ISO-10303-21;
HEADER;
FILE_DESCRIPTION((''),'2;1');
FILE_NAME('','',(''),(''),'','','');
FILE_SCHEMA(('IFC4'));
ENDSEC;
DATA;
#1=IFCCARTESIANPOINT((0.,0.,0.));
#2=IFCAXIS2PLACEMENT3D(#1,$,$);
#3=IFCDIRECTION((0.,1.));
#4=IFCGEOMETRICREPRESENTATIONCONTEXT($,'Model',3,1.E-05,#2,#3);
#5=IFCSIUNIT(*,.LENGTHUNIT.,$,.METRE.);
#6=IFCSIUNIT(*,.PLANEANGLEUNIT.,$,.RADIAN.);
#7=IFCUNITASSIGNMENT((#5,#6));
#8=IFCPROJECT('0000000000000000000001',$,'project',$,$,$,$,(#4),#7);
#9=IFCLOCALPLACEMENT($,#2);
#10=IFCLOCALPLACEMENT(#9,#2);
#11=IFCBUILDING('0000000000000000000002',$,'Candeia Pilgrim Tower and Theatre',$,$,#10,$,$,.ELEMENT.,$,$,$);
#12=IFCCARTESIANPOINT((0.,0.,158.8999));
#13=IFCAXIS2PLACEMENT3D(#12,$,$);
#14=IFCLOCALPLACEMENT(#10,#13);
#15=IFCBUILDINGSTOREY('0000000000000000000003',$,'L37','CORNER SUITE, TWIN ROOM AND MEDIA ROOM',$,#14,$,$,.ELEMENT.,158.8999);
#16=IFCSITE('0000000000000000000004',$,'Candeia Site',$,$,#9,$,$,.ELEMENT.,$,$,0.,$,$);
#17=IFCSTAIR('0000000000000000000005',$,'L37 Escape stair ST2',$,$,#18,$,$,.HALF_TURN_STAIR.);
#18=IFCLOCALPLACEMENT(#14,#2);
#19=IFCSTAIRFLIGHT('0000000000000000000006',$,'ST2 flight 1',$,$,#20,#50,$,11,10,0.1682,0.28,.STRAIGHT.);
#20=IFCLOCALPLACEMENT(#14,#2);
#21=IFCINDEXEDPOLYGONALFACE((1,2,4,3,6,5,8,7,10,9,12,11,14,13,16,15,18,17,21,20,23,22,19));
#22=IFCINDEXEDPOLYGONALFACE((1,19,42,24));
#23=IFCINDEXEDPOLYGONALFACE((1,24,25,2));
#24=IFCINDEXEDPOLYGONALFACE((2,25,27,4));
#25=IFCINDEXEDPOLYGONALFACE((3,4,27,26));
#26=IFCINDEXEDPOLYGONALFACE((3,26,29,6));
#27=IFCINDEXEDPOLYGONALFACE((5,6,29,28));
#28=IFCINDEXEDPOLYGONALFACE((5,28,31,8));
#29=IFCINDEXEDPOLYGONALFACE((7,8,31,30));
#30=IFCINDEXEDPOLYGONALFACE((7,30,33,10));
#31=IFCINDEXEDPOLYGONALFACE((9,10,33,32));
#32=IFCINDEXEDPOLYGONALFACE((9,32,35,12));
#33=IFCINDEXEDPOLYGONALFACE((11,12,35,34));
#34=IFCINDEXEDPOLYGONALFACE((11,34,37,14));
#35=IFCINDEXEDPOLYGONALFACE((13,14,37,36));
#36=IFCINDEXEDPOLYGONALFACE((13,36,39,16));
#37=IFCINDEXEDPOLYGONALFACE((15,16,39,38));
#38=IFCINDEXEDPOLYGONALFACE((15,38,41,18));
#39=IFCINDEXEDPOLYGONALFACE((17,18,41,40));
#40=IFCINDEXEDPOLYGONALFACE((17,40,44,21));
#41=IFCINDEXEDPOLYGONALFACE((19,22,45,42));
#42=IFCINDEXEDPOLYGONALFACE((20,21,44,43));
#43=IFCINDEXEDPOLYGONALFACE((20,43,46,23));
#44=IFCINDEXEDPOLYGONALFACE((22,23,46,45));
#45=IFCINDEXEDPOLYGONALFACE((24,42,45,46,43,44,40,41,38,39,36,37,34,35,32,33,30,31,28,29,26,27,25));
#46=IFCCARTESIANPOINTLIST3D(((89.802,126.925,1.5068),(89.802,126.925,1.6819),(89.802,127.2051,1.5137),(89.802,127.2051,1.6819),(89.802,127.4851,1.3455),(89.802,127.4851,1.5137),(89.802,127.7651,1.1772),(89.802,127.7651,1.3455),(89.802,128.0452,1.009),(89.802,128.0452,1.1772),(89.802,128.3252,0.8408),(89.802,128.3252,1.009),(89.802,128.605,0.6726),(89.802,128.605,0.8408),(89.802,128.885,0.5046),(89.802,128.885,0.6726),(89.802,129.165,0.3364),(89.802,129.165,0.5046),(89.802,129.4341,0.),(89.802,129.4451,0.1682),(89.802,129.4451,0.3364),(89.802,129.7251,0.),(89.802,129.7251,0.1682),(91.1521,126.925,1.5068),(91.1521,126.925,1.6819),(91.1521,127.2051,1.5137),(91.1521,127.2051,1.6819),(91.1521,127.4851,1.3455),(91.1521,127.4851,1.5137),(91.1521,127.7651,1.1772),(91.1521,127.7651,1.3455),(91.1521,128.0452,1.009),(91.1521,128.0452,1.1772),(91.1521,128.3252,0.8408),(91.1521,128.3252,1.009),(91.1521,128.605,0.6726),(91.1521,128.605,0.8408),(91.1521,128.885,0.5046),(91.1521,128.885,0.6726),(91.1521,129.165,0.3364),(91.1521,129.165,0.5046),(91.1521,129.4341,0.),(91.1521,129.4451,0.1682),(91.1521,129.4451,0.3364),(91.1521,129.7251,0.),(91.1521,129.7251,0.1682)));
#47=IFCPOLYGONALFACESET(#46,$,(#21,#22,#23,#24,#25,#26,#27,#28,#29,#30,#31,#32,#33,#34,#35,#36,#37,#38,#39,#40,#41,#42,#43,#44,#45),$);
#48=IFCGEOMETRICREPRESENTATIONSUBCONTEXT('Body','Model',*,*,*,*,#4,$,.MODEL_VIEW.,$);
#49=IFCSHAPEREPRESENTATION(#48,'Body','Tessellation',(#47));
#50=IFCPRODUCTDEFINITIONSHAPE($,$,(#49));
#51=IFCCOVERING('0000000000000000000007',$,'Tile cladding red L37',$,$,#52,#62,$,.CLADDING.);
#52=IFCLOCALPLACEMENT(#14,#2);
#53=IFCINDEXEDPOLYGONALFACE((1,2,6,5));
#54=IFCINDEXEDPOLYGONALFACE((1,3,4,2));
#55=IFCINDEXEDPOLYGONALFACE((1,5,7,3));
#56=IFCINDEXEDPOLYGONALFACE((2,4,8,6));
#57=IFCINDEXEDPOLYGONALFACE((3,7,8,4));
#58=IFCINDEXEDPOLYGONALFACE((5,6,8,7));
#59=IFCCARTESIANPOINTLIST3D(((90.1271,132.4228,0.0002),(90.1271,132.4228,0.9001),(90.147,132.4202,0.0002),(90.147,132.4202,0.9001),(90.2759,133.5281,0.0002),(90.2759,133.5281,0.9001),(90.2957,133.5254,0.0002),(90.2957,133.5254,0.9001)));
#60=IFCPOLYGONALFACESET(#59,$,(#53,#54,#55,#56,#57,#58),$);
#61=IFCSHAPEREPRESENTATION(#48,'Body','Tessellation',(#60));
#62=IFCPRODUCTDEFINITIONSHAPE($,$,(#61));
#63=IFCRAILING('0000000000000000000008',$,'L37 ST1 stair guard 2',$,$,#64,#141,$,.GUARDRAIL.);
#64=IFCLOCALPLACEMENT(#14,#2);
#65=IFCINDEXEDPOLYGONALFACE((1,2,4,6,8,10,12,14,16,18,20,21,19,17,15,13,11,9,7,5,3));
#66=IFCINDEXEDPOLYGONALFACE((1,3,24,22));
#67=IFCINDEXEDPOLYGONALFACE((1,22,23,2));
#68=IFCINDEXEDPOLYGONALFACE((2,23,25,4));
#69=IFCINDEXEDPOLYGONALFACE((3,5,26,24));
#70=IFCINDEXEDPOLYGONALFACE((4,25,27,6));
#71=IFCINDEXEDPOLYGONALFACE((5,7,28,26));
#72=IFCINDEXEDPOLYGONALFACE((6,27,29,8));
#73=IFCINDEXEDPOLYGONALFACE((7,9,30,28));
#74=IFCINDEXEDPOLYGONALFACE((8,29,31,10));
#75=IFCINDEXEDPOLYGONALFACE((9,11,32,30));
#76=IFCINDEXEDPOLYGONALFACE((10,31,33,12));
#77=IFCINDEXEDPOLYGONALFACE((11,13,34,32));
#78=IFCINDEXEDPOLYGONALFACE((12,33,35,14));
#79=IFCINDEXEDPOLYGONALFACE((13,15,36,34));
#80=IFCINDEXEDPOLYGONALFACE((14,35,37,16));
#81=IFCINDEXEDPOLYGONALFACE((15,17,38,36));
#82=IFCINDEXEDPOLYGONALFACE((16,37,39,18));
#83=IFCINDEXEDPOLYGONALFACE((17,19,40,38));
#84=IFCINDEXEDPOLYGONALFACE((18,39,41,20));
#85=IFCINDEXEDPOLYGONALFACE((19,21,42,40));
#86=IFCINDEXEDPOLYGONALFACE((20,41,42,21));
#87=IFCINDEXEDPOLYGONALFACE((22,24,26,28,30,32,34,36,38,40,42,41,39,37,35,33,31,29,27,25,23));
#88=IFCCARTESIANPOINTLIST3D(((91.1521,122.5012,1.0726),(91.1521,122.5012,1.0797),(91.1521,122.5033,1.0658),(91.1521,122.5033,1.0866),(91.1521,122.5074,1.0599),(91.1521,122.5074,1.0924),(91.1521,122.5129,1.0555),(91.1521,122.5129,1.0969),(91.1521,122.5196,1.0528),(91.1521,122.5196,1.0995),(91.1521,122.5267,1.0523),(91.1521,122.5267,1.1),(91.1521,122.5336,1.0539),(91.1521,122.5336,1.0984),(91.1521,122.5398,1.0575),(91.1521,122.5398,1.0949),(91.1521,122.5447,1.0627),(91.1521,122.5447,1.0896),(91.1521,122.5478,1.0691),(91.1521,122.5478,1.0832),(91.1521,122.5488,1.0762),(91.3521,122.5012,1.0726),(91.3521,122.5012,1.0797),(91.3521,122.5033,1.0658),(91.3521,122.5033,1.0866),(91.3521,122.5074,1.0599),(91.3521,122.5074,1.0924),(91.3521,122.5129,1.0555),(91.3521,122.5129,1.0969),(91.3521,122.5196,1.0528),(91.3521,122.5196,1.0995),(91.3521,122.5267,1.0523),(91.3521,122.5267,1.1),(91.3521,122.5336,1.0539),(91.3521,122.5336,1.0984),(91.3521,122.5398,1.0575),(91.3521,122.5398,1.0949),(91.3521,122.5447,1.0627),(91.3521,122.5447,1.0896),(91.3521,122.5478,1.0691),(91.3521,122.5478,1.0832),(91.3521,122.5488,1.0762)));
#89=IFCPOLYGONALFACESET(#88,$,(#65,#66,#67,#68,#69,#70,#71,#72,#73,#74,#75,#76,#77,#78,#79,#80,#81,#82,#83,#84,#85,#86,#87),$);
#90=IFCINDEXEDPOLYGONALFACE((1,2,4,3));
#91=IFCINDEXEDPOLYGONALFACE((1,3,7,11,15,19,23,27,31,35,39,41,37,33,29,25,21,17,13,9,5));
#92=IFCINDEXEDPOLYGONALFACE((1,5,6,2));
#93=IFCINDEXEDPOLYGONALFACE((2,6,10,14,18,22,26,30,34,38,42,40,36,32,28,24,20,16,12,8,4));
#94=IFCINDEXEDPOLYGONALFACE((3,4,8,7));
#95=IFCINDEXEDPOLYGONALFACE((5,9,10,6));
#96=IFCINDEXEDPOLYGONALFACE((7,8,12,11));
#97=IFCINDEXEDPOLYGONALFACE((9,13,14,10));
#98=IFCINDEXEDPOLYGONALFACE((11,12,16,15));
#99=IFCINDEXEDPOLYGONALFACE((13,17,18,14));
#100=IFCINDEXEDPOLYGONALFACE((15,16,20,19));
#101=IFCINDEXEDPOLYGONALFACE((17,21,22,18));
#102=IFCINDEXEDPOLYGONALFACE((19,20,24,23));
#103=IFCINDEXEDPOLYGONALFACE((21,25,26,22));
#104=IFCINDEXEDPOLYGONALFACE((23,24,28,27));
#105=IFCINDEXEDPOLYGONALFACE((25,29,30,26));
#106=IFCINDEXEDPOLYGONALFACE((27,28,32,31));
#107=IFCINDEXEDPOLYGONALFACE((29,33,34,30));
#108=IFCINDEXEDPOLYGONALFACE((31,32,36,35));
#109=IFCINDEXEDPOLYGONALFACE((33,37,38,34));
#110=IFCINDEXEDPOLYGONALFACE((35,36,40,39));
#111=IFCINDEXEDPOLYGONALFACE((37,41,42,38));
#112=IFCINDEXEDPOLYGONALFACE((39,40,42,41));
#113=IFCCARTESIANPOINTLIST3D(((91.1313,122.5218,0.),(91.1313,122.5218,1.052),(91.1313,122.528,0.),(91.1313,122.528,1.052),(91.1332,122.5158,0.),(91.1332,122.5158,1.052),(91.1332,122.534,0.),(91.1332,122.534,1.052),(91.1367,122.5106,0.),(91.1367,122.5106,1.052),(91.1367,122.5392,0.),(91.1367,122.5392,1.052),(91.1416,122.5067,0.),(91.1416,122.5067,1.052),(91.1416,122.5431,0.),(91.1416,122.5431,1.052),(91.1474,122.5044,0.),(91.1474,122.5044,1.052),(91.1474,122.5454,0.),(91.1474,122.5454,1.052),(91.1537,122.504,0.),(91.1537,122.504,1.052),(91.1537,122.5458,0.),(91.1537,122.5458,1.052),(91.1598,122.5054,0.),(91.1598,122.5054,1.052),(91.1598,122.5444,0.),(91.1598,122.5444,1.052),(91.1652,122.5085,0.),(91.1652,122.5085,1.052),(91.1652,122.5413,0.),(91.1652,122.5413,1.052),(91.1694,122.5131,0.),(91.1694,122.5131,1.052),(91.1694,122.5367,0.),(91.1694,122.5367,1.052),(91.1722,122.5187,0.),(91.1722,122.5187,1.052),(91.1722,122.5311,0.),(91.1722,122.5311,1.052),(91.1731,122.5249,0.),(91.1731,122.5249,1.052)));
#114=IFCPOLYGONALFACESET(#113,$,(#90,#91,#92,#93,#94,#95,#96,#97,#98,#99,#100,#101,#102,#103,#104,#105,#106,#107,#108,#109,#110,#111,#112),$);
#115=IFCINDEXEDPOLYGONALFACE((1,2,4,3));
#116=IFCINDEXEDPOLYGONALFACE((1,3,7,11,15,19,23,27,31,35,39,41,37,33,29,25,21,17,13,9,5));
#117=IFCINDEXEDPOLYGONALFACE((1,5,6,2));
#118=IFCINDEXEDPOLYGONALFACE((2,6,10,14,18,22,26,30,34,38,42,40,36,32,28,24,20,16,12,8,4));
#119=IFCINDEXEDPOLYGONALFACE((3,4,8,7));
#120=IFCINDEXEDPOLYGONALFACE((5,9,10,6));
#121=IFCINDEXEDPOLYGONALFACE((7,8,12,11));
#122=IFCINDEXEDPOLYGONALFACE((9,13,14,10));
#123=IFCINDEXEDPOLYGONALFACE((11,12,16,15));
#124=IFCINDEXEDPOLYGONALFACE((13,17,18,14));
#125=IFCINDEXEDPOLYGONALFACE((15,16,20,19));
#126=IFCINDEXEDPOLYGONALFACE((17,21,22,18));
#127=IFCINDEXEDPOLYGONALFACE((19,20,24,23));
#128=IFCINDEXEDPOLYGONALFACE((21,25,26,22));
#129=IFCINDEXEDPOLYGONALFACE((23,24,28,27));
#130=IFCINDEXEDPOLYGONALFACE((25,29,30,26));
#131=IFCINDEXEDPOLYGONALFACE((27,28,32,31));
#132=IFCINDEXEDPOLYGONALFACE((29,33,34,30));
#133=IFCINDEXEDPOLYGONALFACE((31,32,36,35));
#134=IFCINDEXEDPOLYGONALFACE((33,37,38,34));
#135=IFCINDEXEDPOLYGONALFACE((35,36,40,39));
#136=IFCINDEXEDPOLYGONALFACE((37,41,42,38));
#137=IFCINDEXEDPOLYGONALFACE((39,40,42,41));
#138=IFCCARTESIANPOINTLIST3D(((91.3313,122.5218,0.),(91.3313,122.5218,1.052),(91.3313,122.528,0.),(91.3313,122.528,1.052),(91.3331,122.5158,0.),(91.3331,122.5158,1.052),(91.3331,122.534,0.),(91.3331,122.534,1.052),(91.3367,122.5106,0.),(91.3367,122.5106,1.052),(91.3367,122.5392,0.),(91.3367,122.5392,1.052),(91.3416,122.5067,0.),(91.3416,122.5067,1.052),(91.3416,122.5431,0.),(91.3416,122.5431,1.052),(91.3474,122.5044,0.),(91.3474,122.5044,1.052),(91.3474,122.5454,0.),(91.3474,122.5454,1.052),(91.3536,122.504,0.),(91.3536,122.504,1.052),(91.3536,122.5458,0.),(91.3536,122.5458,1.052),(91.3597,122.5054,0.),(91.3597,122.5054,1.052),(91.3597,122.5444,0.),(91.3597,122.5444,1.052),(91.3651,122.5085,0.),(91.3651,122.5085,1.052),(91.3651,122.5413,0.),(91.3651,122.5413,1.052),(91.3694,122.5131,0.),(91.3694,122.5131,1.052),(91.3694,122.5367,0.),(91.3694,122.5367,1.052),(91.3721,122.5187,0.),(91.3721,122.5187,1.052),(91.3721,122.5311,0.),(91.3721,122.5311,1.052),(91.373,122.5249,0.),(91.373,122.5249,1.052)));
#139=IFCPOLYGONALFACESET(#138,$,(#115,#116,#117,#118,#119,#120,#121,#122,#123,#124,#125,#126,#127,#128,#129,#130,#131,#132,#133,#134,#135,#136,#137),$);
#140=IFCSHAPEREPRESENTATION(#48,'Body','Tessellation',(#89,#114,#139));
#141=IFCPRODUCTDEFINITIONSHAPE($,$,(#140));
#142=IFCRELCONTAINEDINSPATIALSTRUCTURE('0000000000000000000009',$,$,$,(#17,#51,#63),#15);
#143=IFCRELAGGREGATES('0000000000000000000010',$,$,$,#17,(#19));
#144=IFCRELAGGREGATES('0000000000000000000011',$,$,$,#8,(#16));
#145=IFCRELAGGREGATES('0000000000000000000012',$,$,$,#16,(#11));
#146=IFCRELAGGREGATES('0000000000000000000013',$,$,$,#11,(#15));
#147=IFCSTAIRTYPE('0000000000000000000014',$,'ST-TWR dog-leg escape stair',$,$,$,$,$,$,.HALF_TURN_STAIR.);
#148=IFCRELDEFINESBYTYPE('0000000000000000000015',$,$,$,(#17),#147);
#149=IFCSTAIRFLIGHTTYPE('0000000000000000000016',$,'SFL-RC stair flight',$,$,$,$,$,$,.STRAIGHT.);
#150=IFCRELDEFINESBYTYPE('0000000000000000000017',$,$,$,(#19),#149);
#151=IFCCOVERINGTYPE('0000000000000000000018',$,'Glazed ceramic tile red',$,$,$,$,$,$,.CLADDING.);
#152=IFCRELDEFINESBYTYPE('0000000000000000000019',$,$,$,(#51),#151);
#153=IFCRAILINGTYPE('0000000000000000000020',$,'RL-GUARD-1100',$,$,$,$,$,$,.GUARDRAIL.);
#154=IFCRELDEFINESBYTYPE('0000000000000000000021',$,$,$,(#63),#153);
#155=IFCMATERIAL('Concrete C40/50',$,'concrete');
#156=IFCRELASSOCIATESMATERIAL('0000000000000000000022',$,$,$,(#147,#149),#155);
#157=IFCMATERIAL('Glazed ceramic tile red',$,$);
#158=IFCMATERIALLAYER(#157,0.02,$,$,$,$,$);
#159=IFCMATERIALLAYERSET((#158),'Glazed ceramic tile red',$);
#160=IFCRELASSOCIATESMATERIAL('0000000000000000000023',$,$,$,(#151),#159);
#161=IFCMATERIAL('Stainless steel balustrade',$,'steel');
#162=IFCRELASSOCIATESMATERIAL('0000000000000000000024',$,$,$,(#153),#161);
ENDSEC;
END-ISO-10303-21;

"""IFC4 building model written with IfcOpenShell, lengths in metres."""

from ifc_helpers import new_model, si_unit, direction, frame, origin, origin_2d, place, context, subcontext, project, spatial, polyline, rectangle, circle, outline, extrude, material, layer, layer_set, type_object, element, aggregate, save


model = new_model("IFC4")

# Units and contexts
model_context = context("Model", 3, precision=1e-05, world=origin(), true_north=direction((0.0, 1.0)))
body_context = subcontext(model_context, "Body", "Model", "MODEL_VIEW")
ifc_project = project(units=[si_unit("LENGTHUNIT", "METRE"), si_unit("PLANEANGLEUNIT", "RADIAN")], contexts=[model_context])

# Site, building, storey
site_placement = place(None, origin())
site = spatial("IfcSite", under=ifc_project, at=site_placement, Name="Candeia Site", CompositionType="ELEMENT", RefElevation=0.0)
building_placement = place(site_placement, origin())
building = spatial("IfcBuilding", under=site, at=building_placement, Name="Candeia Pilgrim Tower and Theatre", CompositionType="ELEMENT")
storey_placement = place(building_placement, frame((0.0, 0.0, 158.8999)))
storey = spatial("IfcBuildingStorey", under=building, at=storey_placement, Name="L37", Description="CORNER SUITE, TWIN ROOM AND MEDIA ROOM", CompositionType="ELEMENT", Elevation=158.8999)

# Shared definitions
ifc_material_1 = material(Name="Concrete C40/50", Category="concrete")

# Shared definitions
stair_type = type_object("IfcStairType", Name="ST-TWR dog-leg escape stair", PredefinedType="HALF_TURN_STAIR", material=ifc_material_1)
stair_flight_type = type_object("IfcStairFlightType", Name="SFL-RC stair flight", PredefinedType="STRAIGHT", material=ifc_material_1)

# Stair, stair flight
stair_1_placement = place(storey_placement, origin())
stair_1 = element("IfcStair", 1, at=stair_1_placement, inside=storey, type_object=stair_type, Name="L37 Escape stair ST2", PredefinedType="HALF_TURN_STAIR")
stair_flight_1_placement = place(storey_placement, frame((90.4771, 129.7251, 0.0), z_axis=(0.0, 0.0, 1.0), x_axis=(0.0, -1.0, 0.0)))
stair_flight_1 = element("IfcStairFlight", 2, at=stair_flight_1_placement, type_object=stair_flight_type, Name="ST2 flight 1", NumberOfRisers=11, NumberOfTreads=10, PredefinedType="STRAIGHT", RiserHeight=0.1682, TreadLength=0.28, context=body_context, shape_type="SweptSolid", body=[
    extrude(outline(polyline([(0.0, 0.0), (0.0, 0.1682), (0.28, 0.1682), (0.28, 0.3364), (0.5601, 0.3364), (0.5601, 0.5046), (0.8401, 0.5046), (0.8401, 0.6726), (1.1201, 0.6726), (1.1201, 0.8408), (1.3999, 0.8408), (1.3999, 1.009), (1.6799, 1.009), (1.6799, 1.1772), (1.96, 1.1772), (1.96, 1.3455), (2.24, 1.3455), (2.24, 1.5137), (2.52, 1.5137), (2.52, 1.6819), (2.8, 1.6819), (2.8, 1.8501), (2.8, 1.5068), (0.291, 0.0), (0.0, 0.0)])), frame((0.0, 0.675, 0.0), z_axis=(0.0, -1.0, 0.0), x_axis=(1.0, 0.0, 0.0)), (0.0, 0.0, 1.0), 1.3501),
])
aggregate(stair_1, [stair_flight_1])

# Shared definitions
ifc_material_2 = material(Name="Stainless steel balustrade", Category="steel")

# Covering
ifc_material_3 = material(Name="Glazed ceramic tile red")
ifc_layer_1 = layer(ifc_material_3, 0.02)
ifc_layer_set_1 = layer_set([ifc_layer_1], Name="Glazed ceramic tile red")
covering_type = type_object("IfcCoveringType", Name="Glazed ceramic tile red", PredefinedType="CLADDING", material=ifc_layer_set_1)
covering_placement = place(storey_placement, frame((90.2114, 132.9741, 0.0002), z_axis=(0.0, 0.0, 1.0), x_axis=(-0.133412, -0.991061, 0.0)))
element("IfcCovering", 3, at=covering_placement, inside=storey, type_object=covering_type, Name="Tile cladding red L37", PredefinedType="CLADDING", context=body_context, shape_type="SweptSolid", body=[
    extrude(rectangle(XDim=1.1152, YDim=0.02, at=origin_2d()), origin(), (0.0, 0.0, 1.0), 0.8999),
])

# Railing
railing_type_1 = type_object("IfcRailingType", Name="RL-GUARD-1100", PredefinedType="GUARDRAIL", material=ifc_material_2)
railing_1_placement = place(storey_placement, frame((91.1521, 122.5249, 0.0)))
element("IfcRailing", 4, at=railing_1_placement, inside=storey, type_object=railing_type_1, Name="L37 ST1 stair guard 2", PredefinedType="GUARDRAIL", context=body_context, shape_type="SweptSolid", body=[
    extrude(circle(Radius=0.0239, at=origin_2d()), frame((0.0, 0.0, 1.0762), z_axis=(1.0, 0.0, 0.0), x_axis=(0.0, 1.0, 0.0)), (0.0, 0.0, 1.0), 0.2),
    extrude(circle(Radius=0.021, at=origin_2d()), origin(), (0.0, 0.0, 1.0), 1.052),
    extrude(circle(Radius=0.021, at=origin_2d()), frame((0.2, 0.0, 0.0)), (0.0, 0.0, 1.0), 1.052),
])

save(model, "model.ifc")
